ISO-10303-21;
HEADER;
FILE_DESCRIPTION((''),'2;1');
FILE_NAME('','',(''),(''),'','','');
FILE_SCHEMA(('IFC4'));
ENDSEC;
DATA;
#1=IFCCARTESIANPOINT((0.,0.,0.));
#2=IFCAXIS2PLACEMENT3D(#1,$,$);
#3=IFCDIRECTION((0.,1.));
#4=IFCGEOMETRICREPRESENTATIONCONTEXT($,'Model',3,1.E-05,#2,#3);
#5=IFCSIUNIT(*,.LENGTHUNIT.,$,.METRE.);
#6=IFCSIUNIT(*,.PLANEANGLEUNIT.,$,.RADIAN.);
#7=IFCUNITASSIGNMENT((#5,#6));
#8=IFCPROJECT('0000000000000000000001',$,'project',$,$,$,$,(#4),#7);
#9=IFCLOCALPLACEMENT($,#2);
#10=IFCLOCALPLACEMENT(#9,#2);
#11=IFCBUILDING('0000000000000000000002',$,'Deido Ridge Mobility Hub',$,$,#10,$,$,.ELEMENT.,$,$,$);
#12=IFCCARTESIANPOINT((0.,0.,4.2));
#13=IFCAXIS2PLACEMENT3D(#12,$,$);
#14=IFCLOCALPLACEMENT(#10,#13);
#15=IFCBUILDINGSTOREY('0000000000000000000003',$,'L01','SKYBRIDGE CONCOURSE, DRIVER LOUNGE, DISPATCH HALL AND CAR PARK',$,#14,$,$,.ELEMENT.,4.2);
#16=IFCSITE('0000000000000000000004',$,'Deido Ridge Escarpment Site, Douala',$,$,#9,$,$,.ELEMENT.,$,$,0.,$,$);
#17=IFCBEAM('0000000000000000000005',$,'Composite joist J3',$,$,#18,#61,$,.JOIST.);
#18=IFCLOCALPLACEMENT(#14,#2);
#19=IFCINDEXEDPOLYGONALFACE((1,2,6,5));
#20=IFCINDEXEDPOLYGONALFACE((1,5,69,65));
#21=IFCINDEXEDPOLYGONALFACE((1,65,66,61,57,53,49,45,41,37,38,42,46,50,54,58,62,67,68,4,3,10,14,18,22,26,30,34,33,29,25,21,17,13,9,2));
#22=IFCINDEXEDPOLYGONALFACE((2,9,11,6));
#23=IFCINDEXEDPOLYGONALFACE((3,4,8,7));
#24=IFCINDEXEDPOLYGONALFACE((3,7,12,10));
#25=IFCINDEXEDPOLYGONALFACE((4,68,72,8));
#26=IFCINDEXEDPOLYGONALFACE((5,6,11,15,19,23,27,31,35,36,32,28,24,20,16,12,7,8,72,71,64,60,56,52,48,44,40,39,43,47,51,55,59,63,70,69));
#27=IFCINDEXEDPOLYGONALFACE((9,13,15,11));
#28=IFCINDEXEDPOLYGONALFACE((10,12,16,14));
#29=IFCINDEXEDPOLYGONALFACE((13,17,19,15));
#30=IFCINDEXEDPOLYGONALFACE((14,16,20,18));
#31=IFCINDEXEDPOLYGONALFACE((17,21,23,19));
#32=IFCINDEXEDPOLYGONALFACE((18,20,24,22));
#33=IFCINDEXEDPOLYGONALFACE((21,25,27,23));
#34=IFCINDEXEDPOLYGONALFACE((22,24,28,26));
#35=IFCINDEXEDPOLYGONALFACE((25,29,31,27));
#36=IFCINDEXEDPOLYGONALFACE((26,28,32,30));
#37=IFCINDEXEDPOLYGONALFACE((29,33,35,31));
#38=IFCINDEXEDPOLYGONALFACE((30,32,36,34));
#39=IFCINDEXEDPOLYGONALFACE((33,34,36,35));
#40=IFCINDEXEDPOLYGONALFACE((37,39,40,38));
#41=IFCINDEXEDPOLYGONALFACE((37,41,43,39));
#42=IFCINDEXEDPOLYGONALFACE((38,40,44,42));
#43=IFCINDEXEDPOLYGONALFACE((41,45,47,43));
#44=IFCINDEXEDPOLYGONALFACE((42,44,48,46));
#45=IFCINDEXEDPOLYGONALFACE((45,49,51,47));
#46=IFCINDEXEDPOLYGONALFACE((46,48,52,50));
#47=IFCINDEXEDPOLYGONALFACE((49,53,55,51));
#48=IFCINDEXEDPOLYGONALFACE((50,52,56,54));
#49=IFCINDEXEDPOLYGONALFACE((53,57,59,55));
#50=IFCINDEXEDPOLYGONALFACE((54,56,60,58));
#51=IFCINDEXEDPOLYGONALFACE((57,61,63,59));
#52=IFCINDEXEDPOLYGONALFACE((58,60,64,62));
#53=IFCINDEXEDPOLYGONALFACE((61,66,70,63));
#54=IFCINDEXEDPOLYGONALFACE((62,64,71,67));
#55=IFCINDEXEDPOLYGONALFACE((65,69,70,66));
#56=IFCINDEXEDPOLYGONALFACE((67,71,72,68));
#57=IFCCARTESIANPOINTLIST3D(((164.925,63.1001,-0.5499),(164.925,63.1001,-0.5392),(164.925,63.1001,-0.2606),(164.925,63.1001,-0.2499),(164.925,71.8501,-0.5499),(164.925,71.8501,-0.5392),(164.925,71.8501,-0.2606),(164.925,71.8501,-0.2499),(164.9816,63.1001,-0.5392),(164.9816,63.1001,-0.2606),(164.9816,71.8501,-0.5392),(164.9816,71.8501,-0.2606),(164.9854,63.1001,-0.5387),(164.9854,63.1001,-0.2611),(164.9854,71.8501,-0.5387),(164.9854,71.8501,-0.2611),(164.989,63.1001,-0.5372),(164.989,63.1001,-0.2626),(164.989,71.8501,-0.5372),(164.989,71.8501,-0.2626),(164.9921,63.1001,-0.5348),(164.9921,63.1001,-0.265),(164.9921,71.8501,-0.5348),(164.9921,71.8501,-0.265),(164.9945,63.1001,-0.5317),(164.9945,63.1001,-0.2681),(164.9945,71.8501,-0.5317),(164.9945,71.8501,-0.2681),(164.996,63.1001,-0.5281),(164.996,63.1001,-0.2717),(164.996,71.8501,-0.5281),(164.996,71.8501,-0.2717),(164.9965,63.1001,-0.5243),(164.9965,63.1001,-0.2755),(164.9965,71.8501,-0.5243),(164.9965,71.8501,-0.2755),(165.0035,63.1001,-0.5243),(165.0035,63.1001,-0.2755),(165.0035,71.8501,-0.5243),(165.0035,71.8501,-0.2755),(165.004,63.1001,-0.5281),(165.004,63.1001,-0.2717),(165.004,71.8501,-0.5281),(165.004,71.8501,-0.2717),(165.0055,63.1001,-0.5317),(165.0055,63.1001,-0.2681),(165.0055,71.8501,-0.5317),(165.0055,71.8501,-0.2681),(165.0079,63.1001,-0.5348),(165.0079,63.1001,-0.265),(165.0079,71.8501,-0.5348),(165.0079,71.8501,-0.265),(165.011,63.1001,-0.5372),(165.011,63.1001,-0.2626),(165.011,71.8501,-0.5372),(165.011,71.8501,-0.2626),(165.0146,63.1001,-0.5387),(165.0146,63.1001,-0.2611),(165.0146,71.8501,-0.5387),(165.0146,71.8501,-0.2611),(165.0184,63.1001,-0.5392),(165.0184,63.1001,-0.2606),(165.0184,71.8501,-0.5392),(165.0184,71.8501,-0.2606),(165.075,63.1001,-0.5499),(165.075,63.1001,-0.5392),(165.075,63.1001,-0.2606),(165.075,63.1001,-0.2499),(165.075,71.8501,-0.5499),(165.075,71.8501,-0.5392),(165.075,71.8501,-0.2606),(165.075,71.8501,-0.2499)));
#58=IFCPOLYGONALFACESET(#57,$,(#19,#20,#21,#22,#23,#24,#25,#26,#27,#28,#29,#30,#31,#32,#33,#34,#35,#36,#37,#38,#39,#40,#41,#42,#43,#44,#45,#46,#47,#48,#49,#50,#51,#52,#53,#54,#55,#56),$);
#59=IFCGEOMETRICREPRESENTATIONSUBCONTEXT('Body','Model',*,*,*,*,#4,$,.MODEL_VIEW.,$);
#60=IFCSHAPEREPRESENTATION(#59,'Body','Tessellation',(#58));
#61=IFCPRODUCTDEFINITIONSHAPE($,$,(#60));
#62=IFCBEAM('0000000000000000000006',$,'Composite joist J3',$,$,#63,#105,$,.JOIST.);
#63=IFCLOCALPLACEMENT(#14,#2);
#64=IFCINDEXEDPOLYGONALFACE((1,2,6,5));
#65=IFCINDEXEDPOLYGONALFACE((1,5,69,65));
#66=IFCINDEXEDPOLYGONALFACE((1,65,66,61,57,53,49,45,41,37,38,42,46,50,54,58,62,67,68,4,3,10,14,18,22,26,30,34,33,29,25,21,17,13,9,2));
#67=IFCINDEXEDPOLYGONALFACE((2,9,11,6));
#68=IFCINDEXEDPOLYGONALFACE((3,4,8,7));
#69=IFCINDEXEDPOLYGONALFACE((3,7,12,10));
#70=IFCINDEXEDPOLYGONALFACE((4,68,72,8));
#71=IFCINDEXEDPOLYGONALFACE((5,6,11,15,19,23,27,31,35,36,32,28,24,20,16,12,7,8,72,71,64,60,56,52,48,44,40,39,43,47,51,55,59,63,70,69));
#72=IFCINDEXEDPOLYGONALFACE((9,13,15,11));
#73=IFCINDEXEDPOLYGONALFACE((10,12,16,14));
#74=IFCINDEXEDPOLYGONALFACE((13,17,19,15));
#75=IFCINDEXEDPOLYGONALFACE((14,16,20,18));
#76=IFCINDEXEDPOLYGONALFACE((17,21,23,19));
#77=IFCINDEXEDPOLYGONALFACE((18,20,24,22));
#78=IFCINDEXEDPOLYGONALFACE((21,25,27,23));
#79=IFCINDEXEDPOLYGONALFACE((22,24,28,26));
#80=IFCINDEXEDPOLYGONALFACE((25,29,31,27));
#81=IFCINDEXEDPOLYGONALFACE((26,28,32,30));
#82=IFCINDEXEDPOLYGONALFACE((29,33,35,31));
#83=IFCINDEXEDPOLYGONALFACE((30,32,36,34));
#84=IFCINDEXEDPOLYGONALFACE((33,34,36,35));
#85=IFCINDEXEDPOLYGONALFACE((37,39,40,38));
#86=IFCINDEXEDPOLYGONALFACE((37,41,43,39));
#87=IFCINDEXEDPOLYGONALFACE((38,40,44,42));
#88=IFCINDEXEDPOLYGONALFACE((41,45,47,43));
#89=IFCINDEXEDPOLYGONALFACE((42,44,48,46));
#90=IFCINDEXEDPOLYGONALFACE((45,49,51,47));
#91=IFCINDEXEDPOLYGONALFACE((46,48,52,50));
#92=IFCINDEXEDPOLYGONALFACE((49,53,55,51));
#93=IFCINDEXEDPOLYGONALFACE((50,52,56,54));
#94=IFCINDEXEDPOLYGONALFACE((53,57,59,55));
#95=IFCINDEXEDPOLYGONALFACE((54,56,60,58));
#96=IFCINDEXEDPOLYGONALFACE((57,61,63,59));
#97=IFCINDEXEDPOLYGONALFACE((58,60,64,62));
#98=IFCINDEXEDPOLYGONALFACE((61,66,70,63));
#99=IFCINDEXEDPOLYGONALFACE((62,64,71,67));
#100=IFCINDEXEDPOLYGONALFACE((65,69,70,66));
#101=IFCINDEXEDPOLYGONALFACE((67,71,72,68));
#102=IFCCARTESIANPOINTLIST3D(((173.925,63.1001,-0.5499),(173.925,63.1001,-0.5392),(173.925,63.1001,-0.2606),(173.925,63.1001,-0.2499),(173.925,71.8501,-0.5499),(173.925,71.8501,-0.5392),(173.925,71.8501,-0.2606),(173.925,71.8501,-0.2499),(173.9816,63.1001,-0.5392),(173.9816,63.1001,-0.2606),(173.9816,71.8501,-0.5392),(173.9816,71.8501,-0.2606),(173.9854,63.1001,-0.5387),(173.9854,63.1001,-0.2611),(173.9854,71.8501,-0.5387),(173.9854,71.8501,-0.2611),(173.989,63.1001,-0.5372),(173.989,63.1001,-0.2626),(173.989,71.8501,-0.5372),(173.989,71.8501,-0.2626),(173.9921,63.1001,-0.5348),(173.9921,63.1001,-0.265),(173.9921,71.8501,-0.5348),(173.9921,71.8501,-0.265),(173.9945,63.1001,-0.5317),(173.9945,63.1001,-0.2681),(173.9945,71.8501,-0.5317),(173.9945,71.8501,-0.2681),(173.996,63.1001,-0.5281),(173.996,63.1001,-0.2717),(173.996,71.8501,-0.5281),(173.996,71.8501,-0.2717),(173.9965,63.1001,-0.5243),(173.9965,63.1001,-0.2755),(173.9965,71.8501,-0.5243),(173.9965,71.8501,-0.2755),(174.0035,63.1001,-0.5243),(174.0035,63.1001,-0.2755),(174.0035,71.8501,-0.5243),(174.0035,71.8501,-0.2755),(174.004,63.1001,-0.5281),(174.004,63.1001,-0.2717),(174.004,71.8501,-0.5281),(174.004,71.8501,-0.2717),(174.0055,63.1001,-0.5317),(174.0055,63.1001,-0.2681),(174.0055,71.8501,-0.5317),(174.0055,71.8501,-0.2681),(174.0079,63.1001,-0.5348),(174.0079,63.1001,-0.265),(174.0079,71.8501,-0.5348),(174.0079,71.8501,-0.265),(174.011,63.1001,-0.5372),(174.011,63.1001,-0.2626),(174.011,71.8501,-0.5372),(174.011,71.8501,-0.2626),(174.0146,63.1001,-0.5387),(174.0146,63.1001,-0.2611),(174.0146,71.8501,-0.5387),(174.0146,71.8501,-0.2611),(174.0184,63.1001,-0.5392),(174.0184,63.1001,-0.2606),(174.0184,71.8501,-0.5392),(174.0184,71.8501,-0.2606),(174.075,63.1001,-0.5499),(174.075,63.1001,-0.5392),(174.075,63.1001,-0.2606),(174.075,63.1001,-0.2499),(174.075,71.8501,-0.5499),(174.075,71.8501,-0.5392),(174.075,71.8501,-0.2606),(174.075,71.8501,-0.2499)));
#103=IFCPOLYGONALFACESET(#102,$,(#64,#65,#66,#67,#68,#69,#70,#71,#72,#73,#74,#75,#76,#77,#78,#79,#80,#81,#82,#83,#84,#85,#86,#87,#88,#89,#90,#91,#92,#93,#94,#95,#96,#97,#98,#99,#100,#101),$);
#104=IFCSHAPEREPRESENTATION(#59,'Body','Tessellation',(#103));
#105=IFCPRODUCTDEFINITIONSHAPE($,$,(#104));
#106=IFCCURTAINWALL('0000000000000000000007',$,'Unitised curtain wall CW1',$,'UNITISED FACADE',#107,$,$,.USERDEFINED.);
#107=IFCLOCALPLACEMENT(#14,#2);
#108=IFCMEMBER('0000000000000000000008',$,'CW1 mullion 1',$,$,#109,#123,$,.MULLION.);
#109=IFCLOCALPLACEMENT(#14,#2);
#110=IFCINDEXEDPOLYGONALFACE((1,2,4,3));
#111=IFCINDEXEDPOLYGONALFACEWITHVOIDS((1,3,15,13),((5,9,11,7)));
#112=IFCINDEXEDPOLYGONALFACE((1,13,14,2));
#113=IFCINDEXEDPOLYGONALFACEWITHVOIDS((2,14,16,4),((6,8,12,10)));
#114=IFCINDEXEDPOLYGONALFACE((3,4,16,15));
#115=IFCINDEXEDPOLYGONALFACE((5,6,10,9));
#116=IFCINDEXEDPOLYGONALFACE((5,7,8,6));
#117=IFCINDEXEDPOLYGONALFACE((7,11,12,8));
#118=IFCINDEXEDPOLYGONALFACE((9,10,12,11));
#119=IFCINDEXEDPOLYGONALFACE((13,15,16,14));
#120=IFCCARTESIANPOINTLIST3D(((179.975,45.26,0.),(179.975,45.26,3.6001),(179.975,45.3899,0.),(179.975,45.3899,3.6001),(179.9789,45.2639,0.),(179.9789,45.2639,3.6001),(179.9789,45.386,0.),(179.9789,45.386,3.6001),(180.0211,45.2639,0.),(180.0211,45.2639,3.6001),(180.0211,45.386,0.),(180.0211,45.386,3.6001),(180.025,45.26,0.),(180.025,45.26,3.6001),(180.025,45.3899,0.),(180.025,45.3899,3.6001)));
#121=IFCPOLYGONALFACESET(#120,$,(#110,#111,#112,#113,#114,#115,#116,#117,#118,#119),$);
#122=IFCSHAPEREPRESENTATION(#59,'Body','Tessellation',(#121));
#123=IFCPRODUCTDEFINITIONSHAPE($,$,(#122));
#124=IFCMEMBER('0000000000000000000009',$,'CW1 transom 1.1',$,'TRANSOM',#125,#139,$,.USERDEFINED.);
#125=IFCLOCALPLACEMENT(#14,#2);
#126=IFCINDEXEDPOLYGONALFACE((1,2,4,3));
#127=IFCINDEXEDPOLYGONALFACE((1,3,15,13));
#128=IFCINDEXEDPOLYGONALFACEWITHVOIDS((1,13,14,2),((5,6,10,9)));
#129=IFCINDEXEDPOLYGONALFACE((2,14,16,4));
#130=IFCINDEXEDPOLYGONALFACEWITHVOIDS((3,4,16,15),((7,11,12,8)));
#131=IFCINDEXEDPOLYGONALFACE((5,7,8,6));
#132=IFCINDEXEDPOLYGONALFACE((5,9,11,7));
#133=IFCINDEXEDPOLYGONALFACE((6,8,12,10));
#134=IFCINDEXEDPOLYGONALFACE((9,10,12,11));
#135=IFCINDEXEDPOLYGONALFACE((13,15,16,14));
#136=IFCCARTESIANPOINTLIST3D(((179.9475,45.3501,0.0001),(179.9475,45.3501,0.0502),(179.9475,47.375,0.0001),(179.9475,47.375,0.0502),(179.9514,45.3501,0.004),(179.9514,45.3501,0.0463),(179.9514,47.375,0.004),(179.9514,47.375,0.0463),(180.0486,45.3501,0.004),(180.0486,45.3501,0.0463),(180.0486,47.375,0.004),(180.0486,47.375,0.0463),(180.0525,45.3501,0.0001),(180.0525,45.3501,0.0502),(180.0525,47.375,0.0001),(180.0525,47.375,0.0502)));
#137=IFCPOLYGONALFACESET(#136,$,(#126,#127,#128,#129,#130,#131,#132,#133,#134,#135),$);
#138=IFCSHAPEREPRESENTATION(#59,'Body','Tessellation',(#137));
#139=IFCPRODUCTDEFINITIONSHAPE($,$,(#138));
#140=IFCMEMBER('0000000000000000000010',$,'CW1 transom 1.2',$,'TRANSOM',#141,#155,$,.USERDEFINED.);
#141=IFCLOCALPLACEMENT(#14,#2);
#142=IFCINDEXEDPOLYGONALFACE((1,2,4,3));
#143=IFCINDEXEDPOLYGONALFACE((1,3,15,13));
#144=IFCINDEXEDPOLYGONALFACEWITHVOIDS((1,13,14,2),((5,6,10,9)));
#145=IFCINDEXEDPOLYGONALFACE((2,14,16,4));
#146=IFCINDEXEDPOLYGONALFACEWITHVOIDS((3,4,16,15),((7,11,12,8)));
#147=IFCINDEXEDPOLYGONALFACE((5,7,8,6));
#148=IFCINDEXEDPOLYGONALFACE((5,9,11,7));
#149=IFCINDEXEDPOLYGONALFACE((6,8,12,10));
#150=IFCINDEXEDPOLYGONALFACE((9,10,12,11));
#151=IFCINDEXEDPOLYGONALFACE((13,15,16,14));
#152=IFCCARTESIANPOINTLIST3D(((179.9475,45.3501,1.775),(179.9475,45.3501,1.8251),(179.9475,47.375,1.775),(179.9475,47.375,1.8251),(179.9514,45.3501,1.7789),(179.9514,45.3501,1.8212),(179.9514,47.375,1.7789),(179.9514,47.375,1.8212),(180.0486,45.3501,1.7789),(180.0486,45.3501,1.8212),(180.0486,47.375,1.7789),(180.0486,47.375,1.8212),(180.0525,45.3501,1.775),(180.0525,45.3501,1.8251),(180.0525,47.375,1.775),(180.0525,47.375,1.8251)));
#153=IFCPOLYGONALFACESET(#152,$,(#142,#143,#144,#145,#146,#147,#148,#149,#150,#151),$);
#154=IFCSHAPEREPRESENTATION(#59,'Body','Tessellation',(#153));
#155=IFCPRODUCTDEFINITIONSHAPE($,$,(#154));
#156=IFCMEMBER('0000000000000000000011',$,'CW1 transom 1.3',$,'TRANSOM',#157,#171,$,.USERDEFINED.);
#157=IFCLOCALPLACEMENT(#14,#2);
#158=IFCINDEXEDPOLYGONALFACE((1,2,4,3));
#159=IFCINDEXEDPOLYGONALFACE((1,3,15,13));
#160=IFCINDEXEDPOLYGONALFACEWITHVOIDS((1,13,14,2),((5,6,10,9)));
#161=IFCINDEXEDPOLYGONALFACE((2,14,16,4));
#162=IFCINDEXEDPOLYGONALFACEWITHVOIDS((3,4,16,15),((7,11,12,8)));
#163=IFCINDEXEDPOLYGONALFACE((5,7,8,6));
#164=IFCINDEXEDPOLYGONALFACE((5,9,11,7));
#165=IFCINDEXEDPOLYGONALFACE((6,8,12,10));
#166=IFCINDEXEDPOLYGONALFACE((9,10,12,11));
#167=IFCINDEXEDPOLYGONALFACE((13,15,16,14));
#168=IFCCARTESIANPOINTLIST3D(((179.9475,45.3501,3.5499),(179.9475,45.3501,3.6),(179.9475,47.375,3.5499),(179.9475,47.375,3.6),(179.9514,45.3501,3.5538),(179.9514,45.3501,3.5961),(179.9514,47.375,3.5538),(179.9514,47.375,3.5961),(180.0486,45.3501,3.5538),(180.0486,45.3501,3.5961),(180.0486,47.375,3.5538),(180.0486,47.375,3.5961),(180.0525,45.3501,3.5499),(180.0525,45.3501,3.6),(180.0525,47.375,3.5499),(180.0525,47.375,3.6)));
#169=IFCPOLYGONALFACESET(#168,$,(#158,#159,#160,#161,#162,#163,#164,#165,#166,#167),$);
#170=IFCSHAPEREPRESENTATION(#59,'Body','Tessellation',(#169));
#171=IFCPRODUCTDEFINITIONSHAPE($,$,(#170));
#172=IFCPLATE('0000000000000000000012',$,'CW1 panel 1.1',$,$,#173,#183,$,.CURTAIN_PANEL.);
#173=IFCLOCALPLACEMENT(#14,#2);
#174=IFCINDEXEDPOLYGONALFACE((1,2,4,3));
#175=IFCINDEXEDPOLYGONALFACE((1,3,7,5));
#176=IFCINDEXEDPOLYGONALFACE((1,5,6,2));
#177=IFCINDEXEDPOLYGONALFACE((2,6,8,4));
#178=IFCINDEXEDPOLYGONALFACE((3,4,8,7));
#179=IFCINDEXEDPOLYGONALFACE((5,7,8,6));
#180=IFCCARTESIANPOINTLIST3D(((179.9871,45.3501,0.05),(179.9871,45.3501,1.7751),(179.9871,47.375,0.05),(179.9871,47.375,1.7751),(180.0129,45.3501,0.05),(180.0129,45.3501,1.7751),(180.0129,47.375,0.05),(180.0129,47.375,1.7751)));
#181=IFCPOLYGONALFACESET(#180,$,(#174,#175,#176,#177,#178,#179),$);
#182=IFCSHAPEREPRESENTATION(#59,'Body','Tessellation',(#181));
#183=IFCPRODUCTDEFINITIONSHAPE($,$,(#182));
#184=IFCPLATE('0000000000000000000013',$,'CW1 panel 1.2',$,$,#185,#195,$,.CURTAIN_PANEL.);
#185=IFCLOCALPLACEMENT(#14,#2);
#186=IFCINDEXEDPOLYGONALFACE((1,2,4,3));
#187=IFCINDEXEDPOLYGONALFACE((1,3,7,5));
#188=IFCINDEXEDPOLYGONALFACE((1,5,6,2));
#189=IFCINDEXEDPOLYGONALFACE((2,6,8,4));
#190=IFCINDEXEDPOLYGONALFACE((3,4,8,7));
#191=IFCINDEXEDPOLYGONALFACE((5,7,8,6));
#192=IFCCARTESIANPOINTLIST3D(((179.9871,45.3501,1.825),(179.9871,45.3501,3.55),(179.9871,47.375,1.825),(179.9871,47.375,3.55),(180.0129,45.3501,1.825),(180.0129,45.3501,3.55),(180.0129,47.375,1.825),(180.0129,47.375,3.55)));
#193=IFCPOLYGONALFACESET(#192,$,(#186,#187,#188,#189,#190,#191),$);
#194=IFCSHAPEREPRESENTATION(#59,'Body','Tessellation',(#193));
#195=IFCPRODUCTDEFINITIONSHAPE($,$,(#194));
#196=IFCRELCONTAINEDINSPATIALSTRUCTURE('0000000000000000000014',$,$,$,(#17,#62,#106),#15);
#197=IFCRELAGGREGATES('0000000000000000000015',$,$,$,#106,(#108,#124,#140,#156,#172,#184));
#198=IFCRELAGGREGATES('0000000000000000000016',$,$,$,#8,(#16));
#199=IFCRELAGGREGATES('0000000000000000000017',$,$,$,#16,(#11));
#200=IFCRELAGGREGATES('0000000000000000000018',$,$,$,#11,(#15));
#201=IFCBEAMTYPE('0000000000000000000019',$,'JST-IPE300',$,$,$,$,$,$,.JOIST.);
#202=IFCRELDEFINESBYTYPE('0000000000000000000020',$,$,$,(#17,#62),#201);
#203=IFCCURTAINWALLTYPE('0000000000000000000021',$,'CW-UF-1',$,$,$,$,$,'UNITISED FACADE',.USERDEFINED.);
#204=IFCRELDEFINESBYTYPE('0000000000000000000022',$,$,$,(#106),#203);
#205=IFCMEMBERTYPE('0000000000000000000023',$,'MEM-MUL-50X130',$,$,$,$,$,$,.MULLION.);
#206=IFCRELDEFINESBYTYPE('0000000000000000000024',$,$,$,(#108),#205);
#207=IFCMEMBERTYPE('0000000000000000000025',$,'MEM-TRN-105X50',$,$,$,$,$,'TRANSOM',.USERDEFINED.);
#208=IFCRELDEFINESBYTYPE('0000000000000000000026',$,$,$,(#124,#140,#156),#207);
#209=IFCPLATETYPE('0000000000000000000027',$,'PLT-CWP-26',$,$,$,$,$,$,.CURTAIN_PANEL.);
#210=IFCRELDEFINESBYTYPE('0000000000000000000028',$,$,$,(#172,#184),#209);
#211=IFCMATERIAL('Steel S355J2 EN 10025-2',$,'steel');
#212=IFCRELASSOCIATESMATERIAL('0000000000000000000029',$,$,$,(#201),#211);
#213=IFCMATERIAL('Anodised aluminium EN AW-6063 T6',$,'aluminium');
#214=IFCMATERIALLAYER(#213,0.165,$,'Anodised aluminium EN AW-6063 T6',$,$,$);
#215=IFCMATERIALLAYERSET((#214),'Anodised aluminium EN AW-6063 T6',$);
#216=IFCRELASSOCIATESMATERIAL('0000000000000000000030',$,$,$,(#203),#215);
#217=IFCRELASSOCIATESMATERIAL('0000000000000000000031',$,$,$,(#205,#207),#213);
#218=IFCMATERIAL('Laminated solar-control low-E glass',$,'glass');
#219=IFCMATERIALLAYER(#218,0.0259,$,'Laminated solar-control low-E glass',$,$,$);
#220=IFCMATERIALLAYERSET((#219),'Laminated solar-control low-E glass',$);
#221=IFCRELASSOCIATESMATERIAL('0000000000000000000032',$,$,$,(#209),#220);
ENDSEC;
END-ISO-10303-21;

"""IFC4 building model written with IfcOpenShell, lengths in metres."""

from ifc_helpers import new_model, si_unit, direction, frame, origin, origin_2d, place, context, subcontext, project, spatial, rectangle, hollow_rectangle, i_section, extrude, material, layer, layer_set, material_profile, profile_set, type_object, element, aggregate, save


model = new_model("IFC4")

# Units and contexts
model_context = context("Model", 3, precision=1e-05, world=origin(), true_north=direction((0.0, 1.0)))
body_context = subcontext(model_context, "Body", "Model", "MODEL_VIEW")
ifc_project = project(units=[si_unit("LENGTHUNIT", "METRE"), si_unit("PLANEANGLEUNIT", "RADIAN")], contexts=[model_context])

# Site, building, storey
site_placement = place(None, origin())
site = spatial("IfcSite", under=ifc_project, at=site_placement, Name="Deido Ridge Escarpment Site, Douala", CompositionType="ELEMENT", RefElevation=0.0)
building_placement = place(site_placement, origin())
building = spatial("IfcBuilding", under=site, at=building_placement, Name="Deido Ridge Mobility Hub", CompositionType="ELEMENT")
storey_placement = place(building_placement, frame((0.0, 0.0, 4.2)))
storey = spatial("IfcBuildingStorey", under=building, at=storey_placement, Name="L01", Description="SKYBRIDGE CONCOURSE, DRIVER LOUNGE, DISPATCH HALL AND CAR PARK", CompositionType="ELEMENT", Elevation=4.2)

# Shared definitions
ifc_material_1 = material(Name="Steel S355J2 EN 10025-2", Category="steel")

# Beams
ifc_material_profile_1 = material_profile(ifc_material_1, i_section(OverallWidth=0.1499, OverallDepth=0.3, WebThickness=0.0071, FlangeThickness=0.0107, FilletRadius=0.0149, at=origin_2d()), Name="IPE 300")
ifc_profile_set_1 = profile_set([ifc_material_profile_1], Name="Steel S355J2 EN 10025-2")
beam_type_1 = type_object("IfcBeamType", Name="JST-IPE300", PredefinedType="JOIST", material=ifc_profile_set_1)
for number, where, z_axis, x_axis, name in (
    (1, (165.0, 63.1001, -0.3999), (0.0, 1.0, 0.0), (-1.0, 0.0, 0.0), "Composite joist J3"),
    (2, (174.0, 63.1001, -0.3999), (0.0, 1.0, 0.0), (-1.0, 0.0, 0.0), "Composite joist J3"),
):
    element("IfcBeam", number, at=place(storey_placement, frame(where, z_axis=z_axis, x_axis=x_axis)), inside=storey, type_object=beam_type_1, Name=name, PredefinedType="JOIST", context=body_context, shape_type="SweptSolid", body=[
        extrude(i_section(OverallWidth=0.1499, OverallDepth=0.3, WebThickness=0.0071, FlangeThickness=0.0107, FilletRadius=0.0149, at=origin_2d()), origin(), (0.0, 0.0, 1.0), 8.75),
    ])

# Curtain wall, members, plates
ifc_material_2 = material(Name="Anodised aluminium EN AW-6063 T6", Category="aluminium")
ifc_layer_1 = layer(ifc_material_2, 0.165, Name="Anodised aluminium EN AW-6063 T6")
ifc_layer_set_1 = layer_set([ifc_layer_1], Name="Anodised aluminium EN AW-6063 T6")
curtain_wall_type = type_object("IfcCurtainWallType", Name="CW-UF-1", ElementType="UNITISED FACADE", PredefinedType="USERDEFINED", material=ifc_layer_set_1)
curtain_wall_placement = place(storey_placement, origin())
curtain_wall = element("IfcCurtainWall", 3, at=curtain_wall_placement, inside=storey, type_object=curtain_wall_type, Name="Unitised curtain wall CW1", ObjectType="UNITISED FACADE", PredefinedType="USERDEFINED")
ifc_material_profile_2 = material_profile(ifc_material_2, hollow_rectangle(XDim=0.05, YDim=0.1299, WallThickness=0.0039, at=origin_2d()), Name="RHS 50x130x4")
ifc_profile_set_2 = profile_set([ifc_material_profile_2], Name="Anodised aluminium EN AW-6063 T6")
member_type_1 = type_object("IfcMemberType", Name="MEM-MUL-50X130", PredefinedType="MULLION", material=ifc_profile_set_2)
member_1_placement = place(storey_placement, frame((180.0, 45.325, 0.0), z_axis=(0.0, 0.0, 1.0), x_axis=(-1.0, 0.0, 0.0)))
member_1 = element("IfcMember", 4, at=member_1_placement, type_object=member_type_1, Name="CW1 mullion 1", PredefinedType="MULLION", context=body_context, shape_type="SweptSolid", body=[
    extrude(hollow_rectangle(XDim=0.05, YDim=0.1299, WallThickness=0.0039, at=origin_2d()), origin(), (0.0, 0.0, 1.0), 3.6001),
])
ifc_material_profile_3 = material_profile(ifc_material_2, hollow_rectangle(XDim=0.105, YDim=0.05, WallThickness=0.0039, at=origin_2d()), Name="RHS 105x50x4")
ifc_profile_set_3 = profile_set([ifc_material_profile_3], Name="Anodised aluminium EN AW-6063 T6")
member_type_2 = type_object("IfcMemberType", Name="MEM-TRN-105X50", ElementType="TRANSOM", PredefinedType="USERDEFINED", material=ifc_profile_set_3)
member_2_placement = place(storey_placement, frame((180.0, 45.3501, 0.0251), z_axis=(0.0, 1.0, 0.0), x_axis=(-1.0, 0.0, 0.0)))
member_2 = element("IfcMember", 5, at=member_2_placement, type_object=member_type_2, Name="CW1 transom 1.1", ObjectType="TRANSOM", PredefinedType="USERDEFINED", context=body_context, shape_type="SweptSolid", body=[
    extrude(hollow_rectangle(XDim=0.105, YDim=0.05, WallThickness=0.0039, at=origin_2d()), origin(), (0.0, 0.0, 1.0), 2.0249),
])
member_3_placement = place(storey_placement, frame((180.0, 45.3501, 1.8), z_axis=(0.0, 1.0, 0.0), x_axis=(-1.0, 0.0, 0.0)))
member_3 = element("IfcMember", 6, at=member_3_placement, type_object=member_type_2, Name="CW1 transom 1.2", ObjectType="TRANSOM", PredefinedType="USERDEFINED", context=body_context, shape_type="SweptSolid", body=[
    extrude(hollow_rectangle(XDim=0.105, YDim=0.05, WallThickness=0.0039, at=origin_2d()), origin(), (0.0, 0.0, 1.0), 2.0249),
])
member_4_placement = place(storey_placement, frame((180.0, 45.3501, 3.575), z_axis=(0.0, 1.0, 0.0), x_axis=(-1.0, 0.0, 0.0)))
member_4 = element("IfcMember", 7, at=member_4_placement, type_object=member_type_2, Name="CW1 transom 1.3", ObjectType="TRANSOM", PredefinedType="USERDEFINED", context=body_context, shape_type="SweptSolid", body=[
    extrude(hollow_rectangle(XDim=0.105, YDim=0.05, WallThickness=0.0039, at=origin_2d()), origin(), (0.0, 0.0, 1.0), 2.0249),
])
ifc_material_3 = material(Name="Laminated solar-control low-E glass", Category="glass")
ifc_layer_2 = layer(ifc_material_3, 0.0259, Name="Laminated solar-control low-E glass")
ifc_layer_set_2 = layer_set([ifc_layer_2], Name="Laminated solar-control low-E glass")
plate_type = type_object("IfcPlateType", Name="PLT-CWP-26", PredefinedType="CURTAIN_PANEL", material=ifc_layer_set_2)
plate_1_placement = place(storey_placement, frame((180.0, 46.3625, 0.05), z_axis=(0.0, 0.0, 1.0), x_axis=(0.0, 1.0, 0.0)))
plate_1 = element("IfcPlate", 8, at=plate_1_placement, type_object=plate_type, Name="CW1 panel 1.1", PredefinedType="CURTAIN_PANEL", context=body_context, shape_type="SweptSolid", body=[
    extrude(rectangle(XDim=2.0249, YDim=0.0259, at=origin_2d()), origin(), (0.0, 0.0, 1.0), 1.7251),
])
plate_2_placement = place(storey_placement, frame((180.0, 46.3625, 1.825), z_axis=(0.0, 0.0, 1.0), x_axis=(0.0, 1.0, 0.0)))
plate_2 = element("IfcPlate", 9, at=plate_2_placement, type_object=plate_type, Name="CW1 panel 1.2", PredefinedType="CURTAIN_PANEL", context=body_context, shape_type="SweptSolid", body=[
    extrude(rectangle(XDim=2.0249, YDim=0.0259, at=origin_2d()), origin(), (0.0, 0.0, 1.0), 1.7251),
])
aggregate(curtain_wall, [member_1, member_2, member_3, member_4, plate_1, plate_2])

save(model, "model.ifc")
